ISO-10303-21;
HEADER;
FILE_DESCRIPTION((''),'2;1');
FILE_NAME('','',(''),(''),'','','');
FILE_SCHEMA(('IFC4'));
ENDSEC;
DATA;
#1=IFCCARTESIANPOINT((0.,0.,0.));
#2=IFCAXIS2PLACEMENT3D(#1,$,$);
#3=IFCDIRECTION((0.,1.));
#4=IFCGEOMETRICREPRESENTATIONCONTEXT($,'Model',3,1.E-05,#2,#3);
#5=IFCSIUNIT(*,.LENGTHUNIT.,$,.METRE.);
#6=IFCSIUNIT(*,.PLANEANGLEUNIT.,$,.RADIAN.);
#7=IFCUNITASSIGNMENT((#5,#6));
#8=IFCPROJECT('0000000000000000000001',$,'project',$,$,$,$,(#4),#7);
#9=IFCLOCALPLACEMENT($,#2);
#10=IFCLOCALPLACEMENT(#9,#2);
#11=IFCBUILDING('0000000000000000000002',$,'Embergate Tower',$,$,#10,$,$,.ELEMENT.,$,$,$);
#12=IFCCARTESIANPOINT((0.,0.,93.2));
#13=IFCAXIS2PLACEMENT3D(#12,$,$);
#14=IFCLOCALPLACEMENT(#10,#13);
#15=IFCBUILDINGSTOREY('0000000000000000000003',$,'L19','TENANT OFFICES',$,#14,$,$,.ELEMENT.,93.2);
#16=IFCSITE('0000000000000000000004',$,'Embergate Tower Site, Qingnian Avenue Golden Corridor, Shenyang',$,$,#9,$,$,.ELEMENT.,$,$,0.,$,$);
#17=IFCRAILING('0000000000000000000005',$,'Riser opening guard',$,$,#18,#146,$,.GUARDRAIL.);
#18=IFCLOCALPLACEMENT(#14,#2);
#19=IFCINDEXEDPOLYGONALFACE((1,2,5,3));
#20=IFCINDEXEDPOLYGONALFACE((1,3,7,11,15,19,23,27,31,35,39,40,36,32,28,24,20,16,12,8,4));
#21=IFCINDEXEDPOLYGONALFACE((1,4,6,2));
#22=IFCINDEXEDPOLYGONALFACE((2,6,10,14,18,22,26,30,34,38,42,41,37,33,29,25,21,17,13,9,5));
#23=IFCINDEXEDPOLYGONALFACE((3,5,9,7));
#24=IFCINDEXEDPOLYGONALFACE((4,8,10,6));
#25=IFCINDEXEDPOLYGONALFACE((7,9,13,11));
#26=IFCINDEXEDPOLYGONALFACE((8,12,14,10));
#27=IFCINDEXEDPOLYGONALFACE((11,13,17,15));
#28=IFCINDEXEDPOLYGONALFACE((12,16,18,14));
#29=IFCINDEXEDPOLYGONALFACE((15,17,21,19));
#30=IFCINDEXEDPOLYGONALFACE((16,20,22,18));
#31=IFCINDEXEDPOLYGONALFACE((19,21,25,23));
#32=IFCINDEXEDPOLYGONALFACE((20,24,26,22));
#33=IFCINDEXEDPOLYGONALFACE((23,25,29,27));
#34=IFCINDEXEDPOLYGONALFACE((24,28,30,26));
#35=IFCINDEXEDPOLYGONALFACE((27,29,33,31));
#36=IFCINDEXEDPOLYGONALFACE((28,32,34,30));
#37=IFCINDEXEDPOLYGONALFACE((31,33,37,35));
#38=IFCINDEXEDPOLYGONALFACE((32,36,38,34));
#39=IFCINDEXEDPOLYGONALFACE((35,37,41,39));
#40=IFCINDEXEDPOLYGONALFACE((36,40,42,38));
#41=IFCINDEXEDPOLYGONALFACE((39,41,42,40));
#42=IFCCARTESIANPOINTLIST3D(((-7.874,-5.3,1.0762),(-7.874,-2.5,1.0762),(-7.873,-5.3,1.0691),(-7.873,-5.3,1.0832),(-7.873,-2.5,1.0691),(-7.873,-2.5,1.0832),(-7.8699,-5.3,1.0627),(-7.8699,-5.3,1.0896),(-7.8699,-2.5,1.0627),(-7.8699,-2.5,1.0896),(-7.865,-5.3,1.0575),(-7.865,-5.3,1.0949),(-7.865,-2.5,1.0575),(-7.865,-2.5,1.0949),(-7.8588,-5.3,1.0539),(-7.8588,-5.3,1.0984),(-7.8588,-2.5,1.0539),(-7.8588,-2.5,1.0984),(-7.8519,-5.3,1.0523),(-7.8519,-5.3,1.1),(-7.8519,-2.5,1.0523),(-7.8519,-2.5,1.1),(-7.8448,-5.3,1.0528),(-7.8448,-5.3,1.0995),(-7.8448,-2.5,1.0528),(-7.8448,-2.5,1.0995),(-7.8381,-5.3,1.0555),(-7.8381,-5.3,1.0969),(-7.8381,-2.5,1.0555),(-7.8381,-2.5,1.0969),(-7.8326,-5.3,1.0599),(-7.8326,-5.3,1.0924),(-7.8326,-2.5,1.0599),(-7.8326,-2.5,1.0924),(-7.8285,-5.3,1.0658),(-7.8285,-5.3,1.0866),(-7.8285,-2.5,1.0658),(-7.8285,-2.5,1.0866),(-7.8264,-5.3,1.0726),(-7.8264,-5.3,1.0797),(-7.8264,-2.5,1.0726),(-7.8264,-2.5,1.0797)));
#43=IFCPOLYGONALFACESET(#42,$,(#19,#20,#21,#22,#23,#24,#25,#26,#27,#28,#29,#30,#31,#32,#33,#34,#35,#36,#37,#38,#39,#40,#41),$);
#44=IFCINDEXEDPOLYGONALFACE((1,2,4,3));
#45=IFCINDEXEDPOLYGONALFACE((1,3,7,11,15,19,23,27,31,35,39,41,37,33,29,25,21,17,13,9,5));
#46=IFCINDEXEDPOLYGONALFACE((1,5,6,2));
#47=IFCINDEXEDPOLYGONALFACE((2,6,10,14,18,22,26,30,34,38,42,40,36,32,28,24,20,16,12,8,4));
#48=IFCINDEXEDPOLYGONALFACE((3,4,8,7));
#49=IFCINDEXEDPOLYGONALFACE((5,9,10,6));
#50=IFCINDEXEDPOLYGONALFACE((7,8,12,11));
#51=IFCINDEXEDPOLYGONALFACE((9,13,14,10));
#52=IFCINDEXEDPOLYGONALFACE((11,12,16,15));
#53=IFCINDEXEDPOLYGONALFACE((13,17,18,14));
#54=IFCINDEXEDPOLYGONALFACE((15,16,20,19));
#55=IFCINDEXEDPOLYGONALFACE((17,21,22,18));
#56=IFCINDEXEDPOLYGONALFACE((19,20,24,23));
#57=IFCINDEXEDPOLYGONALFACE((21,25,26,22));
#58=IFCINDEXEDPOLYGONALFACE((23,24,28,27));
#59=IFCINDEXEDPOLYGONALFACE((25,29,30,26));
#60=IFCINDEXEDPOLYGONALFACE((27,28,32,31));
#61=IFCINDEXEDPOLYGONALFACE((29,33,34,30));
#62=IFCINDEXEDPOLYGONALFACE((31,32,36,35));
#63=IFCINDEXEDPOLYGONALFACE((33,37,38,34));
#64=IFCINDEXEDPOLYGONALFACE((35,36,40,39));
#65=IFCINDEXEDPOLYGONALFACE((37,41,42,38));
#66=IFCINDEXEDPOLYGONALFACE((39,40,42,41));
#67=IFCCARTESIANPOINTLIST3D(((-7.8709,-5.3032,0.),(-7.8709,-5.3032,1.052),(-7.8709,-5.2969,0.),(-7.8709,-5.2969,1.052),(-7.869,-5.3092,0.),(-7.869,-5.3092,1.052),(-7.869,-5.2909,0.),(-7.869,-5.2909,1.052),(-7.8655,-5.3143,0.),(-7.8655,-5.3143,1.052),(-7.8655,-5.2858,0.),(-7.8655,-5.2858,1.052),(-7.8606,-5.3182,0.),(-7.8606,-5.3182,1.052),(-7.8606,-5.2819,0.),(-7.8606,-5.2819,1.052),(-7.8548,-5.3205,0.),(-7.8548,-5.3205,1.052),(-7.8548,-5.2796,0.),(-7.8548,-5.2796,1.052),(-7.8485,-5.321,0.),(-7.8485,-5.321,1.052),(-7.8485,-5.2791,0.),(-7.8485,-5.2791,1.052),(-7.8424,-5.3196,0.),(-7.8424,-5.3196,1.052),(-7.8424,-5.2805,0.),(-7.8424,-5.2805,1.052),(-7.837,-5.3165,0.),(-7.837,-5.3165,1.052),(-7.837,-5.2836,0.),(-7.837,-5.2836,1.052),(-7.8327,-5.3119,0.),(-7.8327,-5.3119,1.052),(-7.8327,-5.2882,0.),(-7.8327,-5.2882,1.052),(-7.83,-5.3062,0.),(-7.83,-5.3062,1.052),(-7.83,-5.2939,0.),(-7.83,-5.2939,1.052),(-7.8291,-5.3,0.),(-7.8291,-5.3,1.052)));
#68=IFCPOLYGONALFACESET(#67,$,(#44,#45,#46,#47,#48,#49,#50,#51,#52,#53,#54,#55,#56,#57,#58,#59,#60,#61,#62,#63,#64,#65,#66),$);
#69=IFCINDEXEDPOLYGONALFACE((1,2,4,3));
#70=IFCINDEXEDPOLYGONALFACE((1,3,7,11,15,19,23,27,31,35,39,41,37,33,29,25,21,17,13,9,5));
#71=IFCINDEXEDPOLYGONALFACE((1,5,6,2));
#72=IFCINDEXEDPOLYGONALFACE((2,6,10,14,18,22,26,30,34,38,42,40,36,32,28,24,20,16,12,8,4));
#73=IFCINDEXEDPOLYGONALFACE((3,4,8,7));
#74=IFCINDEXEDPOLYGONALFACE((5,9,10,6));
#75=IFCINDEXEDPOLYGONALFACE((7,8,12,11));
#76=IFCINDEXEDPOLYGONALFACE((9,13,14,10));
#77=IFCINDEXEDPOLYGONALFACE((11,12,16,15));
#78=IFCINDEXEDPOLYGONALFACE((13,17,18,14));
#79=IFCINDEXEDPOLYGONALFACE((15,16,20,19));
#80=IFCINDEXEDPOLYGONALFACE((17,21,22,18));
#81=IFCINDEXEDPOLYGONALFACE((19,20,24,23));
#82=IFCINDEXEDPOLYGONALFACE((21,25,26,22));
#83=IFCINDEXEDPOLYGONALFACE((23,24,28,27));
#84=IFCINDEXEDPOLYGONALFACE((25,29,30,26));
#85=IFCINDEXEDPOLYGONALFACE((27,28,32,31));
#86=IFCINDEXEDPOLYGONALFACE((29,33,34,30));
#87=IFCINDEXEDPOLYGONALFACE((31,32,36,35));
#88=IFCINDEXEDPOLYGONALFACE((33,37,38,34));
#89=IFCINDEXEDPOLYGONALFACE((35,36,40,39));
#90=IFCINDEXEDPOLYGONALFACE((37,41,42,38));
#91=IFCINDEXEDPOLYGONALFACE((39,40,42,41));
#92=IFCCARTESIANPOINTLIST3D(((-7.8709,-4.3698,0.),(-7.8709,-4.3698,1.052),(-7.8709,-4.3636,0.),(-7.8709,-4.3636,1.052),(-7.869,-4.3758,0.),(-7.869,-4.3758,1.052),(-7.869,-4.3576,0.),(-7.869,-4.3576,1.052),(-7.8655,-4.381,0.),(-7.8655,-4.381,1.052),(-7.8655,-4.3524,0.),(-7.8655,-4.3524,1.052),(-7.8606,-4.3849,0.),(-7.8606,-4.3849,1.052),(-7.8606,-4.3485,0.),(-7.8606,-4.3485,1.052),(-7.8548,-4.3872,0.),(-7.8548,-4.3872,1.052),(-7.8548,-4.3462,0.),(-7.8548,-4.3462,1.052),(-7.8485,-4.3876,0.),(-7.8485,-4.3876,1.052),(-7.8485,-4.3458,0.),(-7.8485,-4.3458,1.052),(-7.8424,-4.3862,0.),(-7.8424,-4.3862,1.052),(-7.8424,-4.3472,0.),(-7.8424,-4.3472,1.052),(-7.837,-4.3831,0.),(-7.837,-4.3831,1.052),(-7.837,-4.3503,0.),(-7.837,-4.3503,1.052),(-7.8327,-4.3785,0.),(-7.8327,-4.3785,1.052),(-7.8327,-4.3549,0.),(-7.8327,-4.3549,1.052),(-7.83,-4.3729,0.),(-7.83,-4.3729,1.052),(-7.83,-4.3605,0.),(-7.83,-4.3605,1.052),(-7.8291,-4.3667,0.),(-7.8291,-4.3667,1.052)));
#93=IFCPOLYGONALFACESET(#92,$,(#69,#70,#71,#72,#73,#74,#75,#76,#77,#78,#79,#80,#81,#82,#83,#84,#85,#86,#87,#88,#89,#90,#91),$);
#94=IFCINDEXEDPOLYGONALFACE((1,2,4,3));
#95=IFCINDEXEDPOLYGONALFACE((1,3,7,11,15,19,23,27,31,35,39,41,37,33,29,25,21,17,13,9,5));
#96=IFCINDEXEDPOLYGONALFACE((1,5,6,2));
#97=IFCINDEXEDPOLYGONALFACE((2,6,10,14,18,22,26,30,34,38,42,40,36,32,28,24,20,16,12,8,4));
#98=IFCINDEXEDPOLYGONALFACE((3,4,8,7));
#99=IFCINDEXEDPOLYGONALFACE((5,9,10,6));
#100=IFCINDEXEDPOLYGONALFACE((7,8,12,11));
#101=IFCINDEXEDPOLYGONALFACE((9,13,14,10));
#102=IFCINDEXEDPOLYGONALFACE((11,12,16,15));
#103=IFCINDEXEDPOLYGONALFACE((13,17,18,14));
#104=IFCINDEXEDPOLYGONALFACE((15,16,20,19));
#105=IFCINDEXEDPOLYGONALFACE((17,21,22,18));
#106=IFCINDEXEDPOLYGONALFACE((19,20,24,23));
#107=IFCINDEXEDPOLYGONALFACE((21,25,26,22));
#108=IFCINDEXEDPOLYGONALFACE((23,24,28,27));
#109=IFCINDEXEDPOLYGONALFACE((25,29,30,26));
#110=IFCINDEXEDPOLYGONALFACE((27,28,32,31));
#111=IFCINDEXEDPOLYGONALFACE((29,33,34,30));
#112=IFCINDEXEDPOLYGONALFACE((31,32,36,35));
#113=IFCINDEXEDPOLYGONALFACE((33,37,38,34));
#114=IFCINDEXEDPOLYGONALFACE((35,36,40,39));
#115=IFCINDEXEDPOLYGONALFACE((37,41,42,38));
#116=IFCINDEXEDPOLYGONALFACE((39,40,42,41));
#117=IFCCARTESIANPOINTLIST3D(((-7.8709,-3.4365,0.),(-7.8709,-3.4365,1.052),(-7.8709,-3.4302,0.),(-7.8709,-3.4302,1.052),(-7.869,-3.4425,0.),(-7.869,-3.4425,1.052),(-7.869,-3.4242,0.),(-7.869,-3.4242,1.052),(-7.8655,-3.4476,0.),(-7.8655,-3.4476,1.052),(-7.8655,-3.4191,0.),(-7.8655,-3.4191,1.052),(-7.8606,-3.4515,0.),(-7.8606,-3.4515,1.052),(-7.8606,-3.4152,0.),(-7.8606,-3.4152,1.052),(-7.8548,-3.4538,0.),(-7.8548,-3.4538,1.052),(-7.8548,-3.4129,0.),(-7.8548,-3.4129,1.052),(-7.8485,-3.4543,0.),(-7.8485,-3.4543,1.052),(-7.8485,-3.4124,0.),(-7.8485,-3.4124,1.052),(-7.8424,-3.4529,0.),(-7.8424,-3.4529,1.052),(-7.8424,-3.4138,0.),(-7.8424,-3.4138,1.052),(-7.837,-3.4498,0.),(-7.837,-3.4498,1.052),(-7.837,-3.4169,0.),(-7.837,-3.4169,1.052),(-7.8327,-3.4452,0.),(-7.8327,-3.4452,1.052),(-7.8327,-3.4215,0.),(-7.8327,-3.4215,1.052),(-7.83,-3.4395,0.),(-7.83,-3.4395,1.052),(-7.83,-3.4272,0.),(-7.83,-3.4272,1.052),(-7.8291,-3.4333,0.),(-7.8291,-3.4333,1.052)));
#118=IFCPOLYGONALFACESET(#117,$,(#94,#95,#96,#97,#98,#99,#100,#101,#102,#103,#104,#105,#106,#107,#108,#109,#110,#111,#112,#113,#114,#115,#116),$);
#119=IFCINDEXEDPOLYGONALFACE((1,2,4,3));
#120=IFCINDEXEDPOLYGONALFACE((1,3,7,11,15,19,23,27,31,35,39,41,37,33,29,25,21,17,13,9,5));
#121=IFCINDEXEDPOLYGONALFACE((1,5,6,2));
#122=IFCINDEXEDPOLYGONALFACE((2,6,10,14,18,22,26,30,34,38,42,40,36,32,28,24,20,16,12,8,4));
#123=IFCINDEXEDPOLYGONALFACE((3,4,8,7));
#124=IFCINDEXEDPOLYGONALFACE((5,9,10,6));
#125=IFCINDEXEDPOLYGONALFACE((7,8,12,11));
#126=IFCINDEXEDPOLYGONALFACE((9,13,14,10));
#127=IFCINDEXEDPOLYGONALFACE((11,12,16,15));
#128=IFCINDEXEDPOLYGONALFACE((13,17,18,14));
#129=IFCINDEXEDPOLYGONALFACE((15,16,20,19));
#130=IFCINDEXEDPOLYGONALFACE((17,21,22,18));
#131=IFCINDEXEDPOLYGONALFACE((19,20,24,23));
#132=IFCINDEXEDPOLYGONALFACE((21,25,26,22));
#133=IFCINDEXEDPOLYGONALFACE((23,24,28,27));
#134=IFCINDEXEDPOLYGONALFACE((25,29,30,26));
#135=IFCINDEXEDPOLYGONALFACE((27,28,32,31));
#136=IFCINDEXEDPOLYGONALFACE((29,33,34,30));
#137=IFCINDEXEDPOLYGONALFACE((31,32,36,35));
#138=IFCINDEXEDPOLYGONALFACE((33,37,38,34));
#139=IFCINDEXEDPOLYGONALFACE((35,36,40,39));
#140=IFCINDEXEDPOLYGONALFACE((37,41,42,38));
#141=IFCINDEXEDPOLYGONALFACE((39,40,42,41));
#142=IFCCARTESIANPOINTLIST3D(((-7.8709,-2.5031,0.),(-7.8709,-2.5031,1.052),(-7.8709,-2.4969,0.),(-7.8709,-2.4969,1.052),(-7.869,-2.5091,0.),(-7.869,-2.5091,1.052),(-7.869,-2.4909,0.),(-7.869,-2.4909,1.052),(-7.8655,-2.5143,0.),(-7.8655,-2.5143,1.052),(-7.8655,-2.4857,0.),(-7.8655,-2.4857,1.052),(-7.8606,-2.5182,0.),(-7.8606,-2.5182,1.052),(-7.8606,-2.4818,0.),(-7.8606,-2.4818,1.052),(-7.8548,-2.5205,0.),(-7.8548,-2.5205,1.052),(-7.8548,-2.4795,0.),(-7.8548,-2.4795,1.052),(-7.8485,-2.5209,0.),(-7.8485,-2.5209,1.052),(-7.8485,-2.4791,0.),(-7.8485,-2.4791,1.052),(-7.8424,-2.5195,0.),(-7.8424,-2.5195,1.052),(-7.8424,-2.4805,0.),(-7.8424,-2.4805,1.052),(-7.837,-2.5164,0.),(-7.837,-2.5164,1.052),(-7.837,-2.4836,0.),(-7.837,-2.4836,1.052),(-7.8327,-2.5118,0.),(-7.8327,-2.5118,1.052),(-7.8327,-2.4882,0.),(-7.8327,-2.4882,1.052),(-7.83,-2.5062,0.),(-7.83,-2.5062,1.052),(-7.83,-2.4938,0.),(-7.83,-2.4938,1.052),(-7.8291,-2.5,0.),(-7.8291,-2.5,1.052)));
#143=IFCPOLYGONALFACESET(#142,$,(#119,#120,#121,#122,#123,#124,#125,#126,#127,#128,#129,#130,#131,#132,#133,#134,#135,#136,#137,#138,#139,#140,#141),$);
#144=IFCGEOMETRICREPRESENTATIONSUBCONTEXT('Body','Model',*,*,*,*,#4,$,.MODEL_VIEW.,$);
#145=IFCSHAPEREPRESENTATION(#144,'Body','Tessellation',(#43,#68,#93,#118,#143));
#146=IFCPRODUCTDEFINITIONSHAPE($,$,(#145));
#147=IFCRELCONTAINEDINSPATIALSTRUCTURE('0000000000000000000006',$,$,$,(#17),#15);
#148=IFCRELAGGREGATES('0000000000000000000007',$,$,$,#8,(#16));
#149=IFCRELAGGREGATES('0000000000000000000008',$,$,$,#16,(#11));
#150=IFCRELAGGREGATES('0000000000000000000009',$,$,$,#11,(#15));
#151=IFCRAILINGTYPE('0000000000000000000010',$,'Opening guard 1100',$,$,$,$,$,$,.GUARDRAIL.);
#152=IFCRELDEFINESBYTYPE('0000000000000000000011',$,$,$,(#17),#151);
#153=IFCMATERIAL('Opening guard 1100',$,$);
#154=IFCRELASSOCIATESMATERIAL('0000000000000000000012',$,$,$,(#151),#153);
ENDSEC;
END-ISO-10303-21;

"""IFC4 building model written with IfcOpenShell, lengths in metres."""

from ifc_helpers import new_model, si_unit, direction, frame, origin, origin_2d, place, context, subcontext, project, spatial, circle, extrude, source, transform, mapped, material, type_object, element, save


model = new_model("IFC4")

# Units and contexts
model_context = context("Model", 3, precision=1e-05, world=origin(), true_north=direction((0.0, 1.0)))
body_context = subcontext(model_context, "Body", "Model", "MODEL_VIEW")
ifc_project = project(units=[si_unit("LENGTHUNIT", "METRE"), si_unit("PLANEANGLEUNIT", "RADIAN")], contexts=[model_context])

# Site, building, storey
site_placement = place(None, origin())
site = spatial("IfcSite", under=ifc_project, at=site_placement, Name="Embergate Tower Site, Qingnian Avenue Golden Corridor, Shenyang", CompositionType="ELEMENT", RefElevation=0.0)
building_placement = place(site_placement, origin())
building = spatial("IfcBuilding", under=site, at=building_placement, Name="Embergate Tower", CompositionType="ELEMENT")
storey_placement = place(building_placement, frame((0.0, 0.0, 93.2)))
storey = spatial("IfcBuildingStorey", under=building, at=storey_placement, Name="L19", Description="TENANT OFFICES", CompositionType="ELEMENT", Elevation=93.2)

# Railing
ifc_material_1 = material(Name="Opening guard 1100")
railing_type_1 = type_object("IfcRailingType", Name="Opening guard 1100", PredefinedType="GUARDRAIL", material=ifc_material_1)
shared_shape_1 = source(origin(), body_context, "Body", "SweptSolid", [
    extrude(circle(Radius=0.0239, at=origin_2d()), frame((0.0, 0.0, 1.0762), z_axis=(0.0, 1.0, 0.0), x_axis=(-1.0, 0.0, 0.0)), (0.0, 0.0, 1.0), 2.8),
    extrude(circle(Radius=0.021, at=origin_2d()), origin(), (0.0, 0.0, 1.0), 1.052),
    extrude(circle(Radius=0.021, at=origin_2d()), frame((0.0, 0.9333, 0.0)), (0.0, 0.0, 1.0), 1.052),
    extrude(circle(Radius=0.021, at=origin_2d()), frame((0.0, 1.8667, 0.0)), (0.0, 0.0, 1.0), 1.052),
    extrude(circle(Radius=0.021, at=origin_2d()), frame((0.0, 2.8, 0.0)), (0.0, 0.0, 1.0), 1.052),
])
railing_1_placement = place(storey_placement, frame((-7.8501, -5.3, 0.0)))
element("IfcRailing", 1, at=railing_1_placement, inside=storey, type_object=railing_type_1, Name="Riser opening guard", PredefinedType="GUARDRAIL", context=body_context, shape_type="MappedRepresentation", body=[
    mapped(shared_shape_1, transform((0.0, 0.0, 0.0))),
])

save(model, "model.ifc")
